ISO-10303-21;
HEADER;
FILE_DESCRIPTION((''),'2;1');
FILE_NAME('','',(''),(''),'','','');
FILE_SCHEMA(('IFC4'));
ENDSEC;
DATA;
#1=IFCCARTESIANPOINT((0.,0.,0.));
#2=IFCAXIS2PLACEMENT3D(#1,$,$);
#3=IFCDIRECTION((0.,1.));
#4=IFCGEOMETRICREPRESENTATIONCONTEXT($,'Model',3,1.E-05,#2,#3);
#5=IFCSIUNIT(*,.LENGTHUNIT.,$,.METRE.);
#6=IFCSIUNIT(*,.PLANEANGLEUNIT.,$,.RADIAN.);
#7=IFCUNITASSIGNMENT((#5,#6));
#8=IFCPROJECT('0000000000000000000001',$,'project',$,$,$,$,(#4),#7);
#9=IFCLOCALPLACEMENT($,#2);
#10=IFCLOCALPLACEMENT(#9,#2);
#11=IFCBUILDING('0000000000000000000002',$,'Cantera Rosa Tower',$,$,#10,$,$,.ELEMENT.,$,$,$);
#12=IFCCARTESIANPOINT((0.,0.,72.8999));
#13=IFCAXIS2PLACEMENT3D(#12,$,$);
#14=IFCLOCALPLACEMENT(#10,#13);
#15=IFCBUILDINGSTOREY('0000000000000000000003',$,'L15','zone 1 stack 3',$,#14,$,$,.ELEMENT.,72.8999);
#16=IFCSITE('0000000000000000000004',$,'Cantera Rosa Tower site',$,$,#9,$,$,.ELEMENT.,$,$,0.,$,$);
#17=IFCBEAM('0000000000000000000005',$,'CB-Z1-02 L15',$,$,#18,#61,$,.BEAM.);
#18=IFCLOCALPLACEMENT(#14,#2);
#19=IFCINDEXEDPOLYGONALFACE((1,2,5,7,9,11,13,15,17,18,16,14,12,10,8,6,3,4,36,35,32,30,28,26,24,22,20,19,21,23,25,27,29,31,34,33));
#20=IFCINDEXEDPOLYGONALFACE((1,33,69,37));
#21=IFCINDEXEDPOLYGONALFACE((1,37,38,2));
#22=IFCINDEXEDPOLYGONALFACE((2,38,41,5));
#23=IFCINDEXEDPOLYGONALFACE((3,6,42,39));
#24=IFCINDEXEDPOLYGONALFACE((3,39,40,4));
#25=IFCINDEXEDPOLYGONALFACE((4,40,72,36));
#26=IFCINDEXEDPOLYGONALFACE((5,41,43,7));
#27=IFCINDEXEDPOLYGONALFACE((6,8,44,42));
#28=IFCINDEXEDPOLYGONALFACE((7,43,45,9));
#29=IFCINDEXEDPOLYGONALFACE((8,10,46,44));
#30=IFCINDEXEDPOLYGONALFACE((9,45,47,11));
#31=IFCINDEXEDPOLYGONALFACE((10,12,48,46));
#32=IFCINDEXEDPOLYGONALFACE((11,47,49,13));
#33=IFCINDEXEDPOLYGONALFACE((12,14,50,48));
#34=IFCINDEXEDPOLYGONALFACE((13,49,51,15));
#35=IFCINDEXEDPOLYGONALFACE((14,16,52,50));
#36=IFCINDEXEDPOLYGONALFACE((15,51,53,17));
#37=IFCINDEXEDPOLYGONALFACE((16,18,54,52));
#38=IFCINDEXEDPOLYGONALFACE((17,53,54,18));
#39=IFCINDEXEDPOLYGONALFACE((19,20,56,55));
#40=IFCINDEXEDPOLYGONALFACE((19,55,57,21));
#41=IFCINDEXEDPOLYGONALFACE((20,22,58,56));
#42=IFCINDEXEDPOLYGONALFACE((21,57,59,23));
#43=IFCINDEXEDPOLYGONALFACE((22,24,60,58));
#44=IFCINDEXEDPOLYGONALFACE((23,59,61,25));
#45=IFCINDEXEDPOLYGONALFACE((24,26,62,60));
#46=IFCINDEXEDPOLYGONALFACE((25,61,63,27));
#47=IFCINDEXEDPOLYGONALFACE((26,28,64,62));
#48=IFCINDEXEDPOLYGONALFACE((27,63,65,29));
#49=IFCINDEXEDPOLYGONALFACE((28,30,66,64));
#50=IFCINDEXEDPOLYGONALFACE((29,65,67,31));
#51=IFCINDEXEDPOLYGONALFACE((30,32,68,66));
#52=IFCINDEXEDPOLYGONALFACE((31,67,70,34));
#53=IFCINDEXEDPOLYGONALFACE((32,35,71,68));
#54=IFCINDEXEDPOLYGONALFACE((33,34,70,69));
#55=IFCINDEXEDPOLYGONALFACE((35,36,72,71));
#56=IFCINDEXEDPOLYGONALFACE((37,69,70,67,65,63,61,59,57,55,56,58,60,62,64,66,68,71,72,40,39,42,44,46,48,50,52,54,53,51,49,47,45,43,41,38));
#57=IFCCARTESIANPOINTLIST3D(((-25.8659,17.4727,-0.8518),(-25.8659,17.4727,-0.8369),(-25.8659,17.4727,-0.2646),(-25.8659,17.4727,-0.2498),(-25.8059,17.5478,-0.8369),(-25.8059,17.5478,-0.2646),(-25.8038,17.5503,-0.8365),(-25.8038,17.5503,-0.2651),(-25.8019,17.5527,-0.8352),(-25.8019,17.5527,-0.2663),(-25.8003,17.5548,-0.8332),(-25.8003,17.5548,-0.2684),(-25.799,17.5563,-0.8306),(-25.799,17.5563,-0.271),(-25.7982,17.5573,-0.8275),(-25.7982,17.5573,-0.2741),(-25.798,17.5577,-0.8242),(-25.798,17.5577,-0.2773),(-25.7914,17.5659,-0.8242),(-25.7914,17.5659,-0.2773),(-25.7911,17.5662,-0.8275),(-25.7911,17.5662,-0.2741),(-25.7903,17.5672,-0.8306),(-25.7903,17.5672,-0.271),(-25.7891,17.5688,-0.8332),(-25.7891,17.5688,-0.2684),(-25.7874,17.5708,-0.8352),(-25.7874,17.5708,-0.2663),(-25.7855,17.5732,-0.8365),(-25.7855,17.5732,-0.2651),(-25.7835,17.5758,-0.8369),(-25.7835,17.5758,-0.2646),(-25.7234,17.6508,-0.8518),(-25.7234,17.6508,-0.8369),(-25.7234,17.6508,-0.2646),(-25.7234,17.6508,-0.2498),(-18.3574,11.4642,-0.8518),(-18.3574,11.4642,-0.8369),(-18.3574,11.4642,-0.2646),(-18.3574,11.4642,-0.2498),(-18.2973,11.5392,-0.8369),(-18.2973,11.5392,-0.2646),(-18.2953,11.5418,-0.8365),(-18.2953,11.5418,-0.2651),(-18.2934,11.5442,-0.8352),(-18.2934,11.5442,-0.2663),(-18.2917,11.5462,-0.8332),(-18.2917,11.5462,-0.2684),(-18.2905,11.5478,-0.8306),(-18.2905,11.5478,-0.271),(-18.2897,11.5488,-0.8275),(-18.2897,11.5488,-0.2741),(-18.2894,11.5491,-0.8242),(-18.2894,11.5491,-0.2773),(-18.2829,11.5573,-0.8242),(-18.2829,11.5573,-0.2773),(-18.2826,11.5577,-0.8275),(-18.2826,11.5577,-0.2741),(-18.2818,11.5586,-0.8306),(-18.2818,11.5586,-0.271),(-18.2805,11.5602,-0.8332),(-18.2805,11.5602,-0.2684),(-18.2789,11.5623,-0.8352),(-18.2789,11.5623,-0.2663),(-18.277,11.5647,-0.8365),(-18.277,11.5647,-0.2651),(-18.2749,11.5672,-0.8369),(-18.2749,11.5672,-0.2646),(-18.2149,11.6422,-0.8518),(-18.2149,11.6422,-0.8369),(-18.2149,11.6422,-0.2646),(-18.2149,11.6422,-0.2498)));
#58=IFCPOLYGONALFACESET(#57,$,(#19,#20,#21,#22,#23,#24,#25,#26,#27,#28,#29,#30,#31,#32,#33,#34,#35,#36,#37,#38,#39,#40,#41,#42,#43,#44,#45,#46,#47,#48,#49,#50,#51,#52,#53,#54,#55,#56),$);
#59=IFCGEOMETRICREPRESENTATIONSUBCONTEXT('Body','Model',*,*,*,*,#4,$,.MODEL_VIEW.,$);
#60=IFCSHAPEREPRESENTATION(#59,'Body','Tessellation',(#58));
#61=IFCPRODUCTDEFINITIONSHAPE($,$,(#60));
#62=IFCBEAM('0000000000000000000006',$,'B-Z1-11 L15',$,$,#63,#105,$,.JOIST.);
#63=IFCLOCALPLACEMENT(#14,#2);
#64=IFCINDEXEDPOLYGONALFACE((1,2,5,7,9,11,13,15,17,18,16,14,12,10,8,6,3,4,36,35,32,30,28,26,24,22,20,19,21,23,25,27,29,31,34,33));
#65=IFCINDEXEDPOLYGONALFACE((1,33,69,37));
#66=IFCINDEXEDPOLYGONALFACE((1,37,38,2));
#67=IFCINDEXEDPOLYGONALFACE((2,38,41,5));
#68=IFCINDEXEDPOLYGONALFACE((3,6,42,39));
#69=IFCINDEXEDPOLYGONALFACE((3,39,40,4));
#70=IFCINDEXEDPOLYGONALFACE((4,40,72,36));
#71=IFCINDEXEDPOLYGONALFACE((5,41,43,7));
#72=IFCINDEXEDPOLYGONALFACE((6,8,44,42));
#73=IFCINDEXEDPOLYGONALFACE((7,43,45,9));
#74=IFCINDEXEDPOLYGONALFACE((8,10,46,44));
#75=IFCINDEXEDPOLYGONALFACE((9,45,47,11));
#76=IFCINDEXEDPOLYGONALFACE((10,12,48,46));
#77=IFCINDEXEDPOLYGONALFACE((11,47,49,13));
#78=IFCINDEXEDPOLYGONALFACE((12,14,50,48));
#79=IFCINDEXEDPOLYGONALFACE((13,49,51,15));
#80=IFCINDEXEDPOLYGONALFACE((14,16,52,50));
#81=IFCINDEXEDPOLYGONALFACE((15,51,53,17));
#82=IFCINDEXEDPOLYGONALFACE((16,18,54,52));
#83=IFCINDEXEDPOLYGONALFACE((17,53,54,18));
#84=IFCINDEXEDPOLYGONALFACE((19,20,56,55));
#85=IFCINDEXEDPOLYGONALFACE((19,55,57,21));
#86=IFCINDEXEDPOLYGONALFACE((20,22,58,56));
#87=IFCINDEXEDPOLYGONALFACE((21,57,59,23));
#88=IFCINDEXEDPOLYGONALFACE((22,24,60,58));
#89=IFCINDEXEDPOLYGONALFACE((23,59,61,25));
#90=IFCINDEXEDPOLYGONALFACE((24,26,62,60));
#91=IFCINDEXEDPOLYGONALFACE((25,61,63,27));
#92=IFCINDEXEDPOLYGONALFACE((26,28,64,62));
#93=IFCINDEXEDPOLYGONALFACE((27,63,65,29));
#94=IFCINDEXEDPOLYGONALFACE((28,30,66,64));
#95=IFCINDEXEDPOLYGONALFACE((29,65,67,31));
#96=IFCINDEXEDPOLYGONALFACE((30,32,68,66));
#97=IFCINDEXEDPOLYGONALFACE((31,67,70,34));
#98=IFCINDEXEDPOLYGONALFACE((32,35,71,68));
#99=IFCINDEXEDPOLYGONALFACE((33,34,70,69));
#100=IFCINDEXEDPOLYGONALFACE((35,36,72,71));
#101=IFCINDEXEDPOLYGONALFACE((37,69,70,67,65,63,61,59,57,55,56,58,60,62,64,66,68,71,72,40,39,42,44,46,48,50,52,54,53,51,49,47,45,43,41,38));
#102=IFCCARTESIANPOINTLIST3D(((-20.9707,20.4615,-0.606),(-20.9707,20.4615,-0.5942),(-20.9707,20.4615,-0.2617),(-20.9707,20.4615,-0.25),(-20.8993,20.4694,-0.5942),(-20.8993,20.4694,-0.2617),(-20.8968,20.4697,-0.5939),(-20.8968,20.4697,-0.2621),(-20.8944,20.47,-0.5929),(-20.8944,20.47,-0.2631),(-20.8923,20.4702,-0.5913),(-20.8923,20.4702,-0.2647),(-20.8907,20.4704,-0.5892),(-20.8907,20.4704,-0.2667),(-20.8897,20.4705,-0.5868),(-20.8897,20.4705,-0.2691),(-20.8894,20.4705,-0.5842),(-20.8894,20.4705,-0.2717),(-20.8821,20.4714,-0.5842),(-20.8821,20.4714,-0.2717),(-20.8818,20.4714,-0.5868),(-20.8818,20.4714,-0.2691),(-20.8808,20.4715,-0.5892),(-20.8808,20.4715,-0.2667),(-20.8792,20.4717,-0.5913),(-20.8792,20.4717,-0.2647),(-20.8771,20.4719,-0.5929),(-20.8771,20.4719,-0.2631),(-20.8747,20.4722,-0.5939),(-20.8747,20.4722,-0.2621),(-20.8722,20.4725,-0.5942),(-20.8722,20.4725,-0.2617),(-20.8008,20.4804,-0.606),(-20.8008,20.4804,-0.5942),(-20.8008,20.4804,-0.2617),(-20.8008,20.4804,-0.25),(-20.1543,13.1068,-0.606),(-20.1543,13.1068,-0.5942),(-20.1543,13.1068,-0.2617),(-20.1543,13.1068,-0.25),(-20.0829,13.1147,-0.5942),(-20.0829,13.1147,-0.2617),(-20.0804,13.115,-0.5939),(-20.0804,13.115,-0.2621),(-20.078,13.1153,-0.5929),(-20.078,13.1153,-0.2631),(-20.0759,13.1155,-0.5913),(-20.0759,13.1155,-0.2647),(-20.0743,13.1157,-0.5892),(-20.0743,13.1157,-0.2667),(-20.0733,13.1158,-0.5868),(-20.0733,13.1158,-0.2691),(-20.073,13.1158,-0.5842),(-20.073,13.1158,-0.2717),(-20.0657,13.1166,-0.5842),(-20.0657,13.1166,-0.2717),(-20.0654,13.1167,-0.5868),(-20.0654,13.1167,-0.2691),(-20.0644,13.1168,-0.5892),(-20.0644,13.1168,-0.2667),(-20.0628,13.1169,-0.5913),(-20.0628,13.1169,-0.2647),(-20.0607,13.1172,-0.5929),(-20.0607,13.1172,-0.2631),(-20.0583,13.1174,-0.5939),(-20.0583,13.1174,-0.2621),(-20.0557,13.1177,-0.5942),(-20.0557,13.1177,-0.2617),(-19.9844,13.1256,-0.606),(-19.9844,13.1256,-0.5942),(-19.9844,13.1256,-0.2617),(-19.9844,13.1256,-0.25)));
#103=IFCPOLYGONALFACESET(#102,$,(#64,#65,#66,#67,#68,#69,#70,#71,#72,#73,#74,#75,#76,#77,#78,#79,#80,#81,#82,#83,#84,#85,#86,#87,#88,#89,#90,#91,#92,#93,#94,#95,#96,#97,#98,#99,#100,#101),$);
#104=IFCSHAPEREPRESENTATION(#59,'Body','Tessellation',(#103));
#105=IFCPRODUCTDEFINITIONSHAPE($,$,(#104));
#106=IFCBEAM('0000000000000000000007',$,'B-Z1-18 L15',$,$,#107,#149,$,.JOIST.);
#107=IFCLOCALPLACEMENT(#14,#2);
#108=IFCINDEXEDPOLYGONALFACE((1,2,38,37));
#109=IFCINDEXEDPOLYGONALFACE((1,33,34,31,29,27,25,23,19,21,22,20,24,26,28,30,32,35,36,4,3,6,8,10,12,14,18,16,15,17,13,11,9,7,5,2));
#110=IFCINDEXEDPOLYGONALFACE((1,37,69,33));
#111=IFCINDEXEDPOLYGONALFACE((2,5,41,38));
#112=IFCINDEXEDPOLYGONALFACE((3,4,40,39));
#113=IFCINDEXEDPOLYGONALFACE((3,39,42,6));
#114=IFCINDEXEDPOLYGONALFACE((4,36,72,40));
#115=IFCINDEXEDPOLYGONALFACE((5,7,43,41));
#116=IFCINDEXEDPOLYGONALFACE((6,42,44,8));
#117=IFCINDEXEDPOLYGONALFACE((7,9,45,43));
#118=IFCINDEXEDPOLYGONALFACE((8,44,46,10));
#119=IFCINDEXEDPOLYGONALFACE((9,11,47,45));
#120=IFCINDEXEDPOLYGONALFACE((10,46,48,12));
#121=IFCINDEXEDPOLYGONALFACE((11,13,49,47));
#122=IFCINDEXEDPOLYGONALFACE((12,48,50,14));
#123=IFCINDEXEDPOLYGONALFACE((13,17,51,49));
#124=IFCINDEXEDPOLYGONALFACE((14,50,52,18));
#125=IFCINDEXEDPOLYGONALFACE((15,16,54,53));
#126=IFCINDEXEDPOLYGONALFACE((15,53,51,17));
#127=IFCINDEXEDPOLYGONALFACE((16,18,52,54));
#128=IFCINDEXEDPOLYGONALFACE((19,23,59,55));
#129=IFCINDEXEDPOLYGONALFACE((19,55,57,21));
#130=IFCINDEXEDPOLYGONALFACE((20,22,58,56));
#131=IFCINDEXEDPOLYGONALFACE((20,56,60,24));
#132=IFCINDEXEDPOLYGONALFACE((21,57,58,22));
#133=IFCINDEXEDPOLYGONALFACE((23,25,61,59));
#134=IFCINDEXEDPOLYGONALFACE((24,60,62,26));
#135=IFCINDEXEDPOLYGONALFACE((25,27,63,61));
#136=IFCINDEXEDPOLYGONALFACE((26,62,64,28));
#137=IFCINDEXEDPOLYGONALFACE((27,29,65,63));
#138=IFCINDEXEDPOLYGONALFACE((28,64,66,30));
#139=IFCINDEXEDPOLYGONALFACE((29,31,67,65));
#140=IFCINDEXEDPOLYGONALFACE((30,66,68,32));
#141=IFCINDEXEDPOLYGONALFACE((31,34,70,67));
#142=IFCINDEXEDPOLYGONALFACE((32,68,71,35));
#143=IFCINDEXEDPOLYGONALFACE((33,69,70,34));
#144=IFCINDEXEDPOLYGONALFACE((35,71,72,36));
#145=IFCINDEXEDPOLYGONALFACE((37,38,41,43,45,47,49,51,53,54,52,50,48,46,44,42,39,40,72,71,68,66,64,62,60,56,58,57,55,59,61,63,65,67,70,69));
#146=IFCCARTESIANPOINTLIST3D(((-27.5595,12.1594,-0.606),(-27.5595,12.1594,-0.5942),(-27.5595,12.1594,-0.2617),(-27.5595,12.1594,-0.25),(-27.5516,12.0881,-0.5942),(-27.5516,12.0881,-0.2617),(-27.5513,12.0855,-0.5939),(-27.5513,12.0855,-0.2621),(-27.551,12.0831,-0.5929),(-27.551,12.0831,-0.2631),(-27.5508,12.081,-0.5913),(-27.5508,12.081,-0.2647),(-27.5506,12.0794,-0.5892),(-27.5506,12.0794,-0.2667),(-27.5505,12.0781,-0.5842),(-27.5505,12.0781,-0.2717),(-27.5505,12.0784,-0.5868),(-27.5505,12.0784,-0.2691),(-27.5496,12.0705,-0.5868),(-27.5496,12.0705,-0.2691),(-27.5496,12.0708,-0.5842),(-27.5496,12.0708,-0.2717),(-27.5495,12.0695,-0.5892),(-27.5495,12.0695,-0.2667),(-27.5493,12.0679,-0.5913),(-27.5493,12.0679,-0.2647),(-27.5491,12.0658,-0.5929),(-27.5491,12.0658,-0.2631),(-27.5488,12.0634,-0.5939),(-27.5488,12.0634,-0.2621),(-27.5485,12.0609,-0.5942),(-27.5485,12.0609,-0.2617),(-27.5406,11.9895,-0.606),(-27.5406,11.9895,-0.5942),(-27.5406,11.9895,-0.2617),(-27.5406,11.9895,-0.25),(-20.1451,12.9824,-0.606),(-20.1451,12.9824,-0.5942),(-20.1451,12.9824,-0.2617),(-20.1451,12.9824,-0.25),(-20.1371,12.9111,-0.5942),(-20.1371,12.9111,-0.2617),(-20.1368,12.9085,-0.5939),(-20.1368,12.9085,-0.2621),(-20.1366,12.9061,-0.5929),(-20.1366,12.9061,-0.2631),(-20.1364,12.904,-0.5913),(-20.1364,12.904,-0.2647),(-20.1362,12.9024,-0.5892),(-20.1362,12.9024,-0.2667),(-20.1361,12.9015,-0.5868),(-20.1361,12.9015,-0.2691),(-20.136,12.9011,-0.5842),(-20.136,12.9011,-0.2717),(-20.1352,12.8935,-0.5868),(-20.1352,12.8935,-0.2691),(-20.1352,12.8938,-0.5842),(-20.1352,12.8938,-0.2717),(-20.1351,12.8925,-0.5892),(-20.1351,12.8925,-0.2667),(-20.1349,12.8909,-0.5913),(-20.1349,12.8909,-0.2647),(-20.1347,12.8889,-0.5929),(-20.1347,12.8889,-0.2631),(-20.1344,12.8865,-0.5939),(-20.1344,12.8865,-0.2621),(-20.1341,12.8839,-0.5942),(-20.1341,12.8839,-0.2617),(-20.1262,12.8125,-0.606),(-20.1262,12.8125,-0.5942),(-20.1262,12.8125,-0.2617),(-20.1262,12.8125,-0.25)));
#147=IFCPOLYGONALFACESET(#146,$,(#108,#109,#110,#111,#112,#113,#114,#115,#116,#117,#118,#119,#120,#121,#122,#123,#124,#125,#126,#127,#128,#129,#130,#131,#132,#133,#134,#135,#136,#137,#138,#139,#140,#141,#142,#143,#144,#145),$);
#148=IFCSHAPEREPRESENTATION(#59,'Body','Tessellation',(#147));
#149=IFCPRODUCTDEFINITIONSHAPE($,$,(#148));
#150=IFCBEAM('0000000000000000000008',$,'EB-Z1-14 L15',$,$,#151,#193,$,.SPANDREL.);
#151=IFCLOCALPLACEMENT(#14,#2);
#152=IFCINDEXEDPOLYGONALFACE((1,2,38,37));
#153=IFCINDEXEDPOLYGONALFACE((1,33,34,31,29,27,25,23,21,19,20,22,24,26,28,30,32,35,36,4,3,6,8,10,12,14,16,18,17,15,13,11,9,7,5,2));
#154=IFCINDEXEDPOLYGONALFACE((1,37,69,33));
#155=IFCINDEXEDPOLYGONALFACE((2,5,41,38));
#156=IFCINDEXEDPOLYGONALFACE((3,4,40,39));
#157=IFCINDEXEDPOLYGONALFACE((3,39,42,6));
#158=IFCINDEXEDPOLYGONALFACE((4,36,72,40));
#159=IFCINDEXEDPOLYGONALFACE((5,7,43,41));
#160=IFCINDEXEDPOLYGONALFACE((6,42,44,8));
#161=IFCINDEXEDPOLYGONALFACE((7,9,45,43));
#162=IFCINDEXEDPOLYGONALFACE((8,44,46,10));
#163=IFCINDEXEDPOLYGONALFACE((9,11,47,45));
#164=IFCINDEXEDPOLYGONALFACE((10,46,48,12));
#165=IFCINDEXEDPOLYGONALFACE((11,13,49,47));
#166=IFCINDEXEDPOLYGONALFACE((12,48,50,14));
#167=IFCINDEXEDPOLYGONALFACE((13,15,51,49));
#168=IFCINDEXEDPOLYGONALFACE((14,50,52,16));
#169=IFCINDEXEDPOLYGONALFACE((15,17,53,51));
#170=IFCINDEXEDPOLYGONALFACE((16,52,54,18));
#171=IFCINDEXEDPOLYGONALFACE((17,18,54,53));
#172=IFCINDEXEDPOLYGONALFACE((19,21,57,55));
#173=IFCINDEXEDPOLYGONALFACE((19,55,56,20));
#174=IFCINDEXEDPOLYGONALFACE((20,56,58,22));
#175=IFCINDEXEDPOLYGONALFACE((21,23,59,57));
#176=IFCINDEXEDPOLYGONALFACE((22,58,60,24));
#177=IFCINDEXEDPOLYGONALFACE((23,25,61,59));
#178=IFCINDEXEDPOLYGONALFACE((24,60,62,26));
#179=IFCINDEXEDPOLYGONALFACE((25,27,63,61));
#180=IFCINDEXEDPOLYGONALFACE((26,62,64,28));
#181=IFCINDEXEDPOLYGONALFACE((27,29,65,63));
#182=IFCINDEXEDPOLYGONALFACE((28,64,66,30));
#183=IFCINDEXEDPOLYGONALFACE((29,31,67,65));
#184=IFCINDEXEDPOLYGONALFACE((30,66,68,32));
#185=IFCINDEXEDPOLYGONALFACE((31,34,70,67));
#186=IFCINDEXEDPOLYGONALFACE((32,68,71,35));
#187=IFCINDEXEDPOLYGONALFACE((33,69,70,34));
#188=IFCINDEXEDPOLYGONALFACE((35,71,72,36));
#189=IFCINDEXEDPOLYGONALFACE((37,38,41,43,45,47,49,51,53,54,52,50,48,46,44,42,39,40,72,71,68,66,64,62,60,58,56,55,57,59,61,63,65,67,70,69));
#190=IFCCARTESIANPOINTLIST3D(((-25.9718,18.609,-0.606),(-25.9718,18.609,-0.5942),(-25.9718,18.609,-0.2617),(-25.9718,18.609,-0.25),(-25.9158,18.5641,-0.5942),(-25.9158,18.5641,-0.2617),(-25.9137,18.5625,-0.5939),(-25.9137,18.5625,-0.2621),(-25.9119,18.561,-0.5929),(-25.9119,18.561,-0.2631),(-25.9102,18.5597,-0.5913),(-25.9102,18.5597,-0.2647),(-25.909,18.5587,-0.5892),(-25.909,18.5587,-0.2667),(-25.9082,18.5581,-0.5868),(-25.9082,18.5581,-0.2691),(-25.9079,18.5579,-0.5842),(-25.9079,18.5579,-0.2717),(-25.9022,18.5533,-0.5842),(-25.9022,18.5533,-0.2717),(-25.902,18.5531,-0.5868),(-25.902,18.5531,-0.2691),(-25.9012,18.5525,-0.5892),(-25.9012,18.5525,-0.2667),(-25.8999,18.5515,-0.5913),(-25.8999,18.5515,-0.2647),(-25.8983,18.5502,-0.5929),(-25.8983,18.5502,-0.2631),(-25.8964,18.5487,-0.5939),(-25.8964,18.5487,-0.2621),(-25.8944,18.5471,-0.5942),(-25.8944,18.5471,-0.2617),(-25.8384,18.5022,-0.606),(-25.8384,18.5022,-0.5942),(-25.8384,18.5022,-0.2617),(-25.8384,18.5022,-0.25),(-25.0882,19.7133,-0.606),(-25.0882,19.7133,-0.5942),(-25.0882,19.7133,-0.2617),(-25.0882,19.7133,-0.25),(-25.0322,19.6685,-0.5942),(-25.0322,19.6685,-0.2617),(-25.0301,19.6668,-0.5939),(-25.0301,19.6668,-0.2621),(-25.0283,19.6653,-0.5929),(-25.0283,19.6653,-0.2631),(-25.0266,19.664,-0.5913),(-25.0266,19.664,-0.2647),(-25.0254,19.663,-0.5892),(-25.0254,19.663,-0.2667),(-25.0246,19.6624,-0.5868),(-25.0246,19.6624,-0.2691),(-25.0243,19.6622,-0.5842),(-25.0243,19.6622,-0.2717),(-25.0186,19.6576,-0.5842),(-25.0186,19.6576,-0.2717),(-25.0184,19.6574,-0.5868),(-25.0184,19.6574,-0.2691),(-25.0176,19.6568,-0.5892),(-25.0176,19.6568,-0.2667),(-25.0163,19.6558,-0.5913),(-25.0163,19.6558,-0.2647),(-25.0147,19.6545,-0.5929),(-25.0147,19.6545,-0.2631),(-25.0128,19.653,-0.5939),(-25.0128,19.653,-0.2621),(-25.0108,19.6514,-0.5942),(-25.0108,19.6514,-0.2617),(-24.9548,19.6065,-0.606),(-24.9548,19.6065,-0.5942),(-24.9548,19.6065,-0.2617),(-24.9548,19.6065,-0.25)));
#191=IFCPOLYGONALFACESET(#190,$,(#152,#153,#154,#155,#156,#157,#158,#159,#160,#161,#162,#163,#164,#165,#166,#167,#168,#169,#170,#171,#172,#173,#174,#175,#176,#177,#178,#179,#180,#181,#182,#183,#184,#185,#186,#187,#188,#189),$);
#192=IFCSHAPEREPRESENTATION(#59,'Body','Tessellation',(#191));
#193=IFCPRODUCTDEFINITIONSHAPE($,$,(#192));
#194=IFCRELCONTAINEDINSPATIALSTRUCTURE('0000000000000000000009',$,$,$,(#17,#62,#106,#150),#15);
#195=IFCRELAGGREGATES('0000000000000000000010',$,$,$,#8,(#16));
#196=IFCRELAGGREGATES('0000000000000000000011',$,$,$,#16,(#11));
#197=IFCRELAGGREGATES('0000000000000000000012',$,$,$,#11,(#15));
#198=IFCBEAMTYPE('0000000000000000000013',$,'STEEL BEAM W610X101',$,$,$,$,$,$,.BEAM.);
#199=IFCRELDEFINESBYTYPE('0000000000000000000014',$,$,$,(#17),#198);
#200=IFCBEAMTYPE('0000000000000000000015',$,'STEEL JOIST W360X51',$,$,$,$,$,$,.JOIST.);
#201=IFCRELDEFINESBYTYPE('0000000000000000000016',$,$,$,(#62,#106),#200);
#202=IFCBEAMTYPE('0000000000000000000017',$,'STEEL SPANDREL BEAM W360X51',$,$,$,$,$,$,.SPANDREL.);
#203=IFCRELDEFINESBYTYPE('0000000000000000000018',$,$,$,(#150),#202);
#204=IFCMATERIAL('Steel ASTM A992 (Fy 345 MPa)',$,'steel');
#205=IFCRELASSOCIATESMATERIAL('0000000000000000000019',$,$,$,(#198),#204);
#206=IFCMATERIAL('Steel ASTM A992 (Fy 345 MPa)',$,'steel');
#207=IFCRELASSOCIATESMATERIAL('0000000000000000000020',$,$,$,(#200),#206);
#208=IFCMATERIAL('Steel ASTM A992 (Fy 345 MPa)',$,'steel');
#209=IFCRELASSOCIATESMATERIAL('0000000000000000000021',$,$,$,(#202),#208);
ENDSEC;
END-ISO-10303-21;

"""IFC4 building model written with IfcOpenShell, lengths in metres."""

from ifc_helpers import new_model, si_unit, direction, frame, origin, origin_2d, place, context, subcontext, project, spatial, i_section, extrude, material, material_profile, profile_set, type_object, element, save


model = new_model("IFC4")

# Units and contexts
model_context = context("Model", 3, precision=1e-05, world=origin(), true_north=direction((0.0, 1.0)))
body_context = subcontext(model_context, "Body", "Model", "MODEL_VIEW")
ifc_project = project(units=[si_unit("LENGTHUNIT", "METRE"), si_unit("PLANEANGLEUNIT", "RADIAN")], contexts=[model_context])

# Site, building, storey
site_placement = place(None, origin())
site = spatial("IfcSite", under=ifc_project, at=site_placement, Name="Cantera Rosa Tower site", CompositionType="ELEMENT", RefElevation=0.0)
building_placement = place(site_placement, origin())
building = spatial("IfcBuilding", under=site, at=building_placement, Name="Cantera Rosa Tower", CompositionType="ELEMENT")
storey_placement = place(building_placement, frame((0.0, 0.0, 72.8999)))
storey = spatial("IfcBuildingStorey", under=building, at=storey_placement, Name="L15", Description="zone 1 stack 3", CompositionType="ELEMENT", Elevation=72.8999)

# Beams
ifc_material_1 = material(Name="Steel ASTM A992 (Fy 345 MPa)", Category="steel")
ifc_material_profile_1 = material_profile(ifc_material_1, i_section(OverallWidth=0.228, OverallDepth=0.6021, WebThickness=0.0105, FlangeThickness=0.0149, FilletRadius=0.0127, at=origin_2d()), Name="W610X101")
ifc_profile_set_1 = profile_set([ifc_material_profile_1], Name="Steel ASTM A992 (Fy 345 MPa)")
beam_type_1 = type_object("IfcBeamType", Name="STEEL BEAM W610X101", PredefinedType="BEAM", material=ifc_profile_set_1)
beam_1_placement = place(storey_placement, frame((-25.7947, 17.5618, -0.5508), z_axis=(0.780782, -0.624803, 0.0), x_axis=(0.624803, 0.780782, 0.0)))
element("IfcBeam", 1, at=beam_1_placement, inside=storey, type_object=beam_type_1, Name="CB-Z1-02 L15", PredefinedType="BEAM", context=body_context, shape_type="SweptSolid", body=[
    extrude(i_section(OverallWidth=0.228, OverallDepth=0.6021, WebThickness=0.0105, FlangeThickness=0.0149, FilletRadius=0.0127, at=origin_2d()), origin(), (0.0, 0.0, 1.0), 9.6167),
])
ifc_material_2 = material(Name="Steel ASTM A992 (Fy 345 MPa)", Category="steel")
ifc_material_profile_2 = material_profile(ifc_material_2, i_section(OverallWidth=0.1709, OverallDepth=0.356, WebThickness=0.0073, FlangeThickness=0.0117, FilletRadius=0.01, at=origin_2d()), Name="W360X51")
ifc_profile_set_2 = profile_set([ifc_material_profile_2], Name="Steel ASTM A992 (Fy 345 MPa)")
beam_type_2 = type_object("IfcBeamType", Name="STEEL JOIST W360X51", PredefinedType="JOIST", material=ifc_profile_set_2)
beam_2_placement = place(storey_placement, frame((-20.8857, 20.4709, -0.428), z_axis=(0.110327, -0.993895, 0.0), x_axis=(0.993895, 0.110327, 0.0)))
element("IfcBeam", 2, at=beam_2_placement, inside=storey, type_object=beam_type_2, Name="B-Z1-11 L15", PredefinedType="JOIST", context=body_context, shape_type="SweptSolid", body=[
    extrude(i_section(OverallWidth=0.1709, OverallDepth=0.356, WebThickness=0.0073, FlangeThickness=0.0117, FilletRadius=0.01, at=origin_2d()), origin(), (0.0, 0.0, 1.0), 7.3999),
])
beam_3_placement = place(storey_placement, frame((-27.55, 12.0745, -0.428), z_axis=(0.993896, 0.110324, 0.0), x_axis=(-0.110324, 0.993896, 0.0)))
element("IfcBeam", 3, at=beam_3_placement, inside=storey, type_object=beam_type_2, Name="B-Z1-18 L15", PredefinedType="JOIST", context=body_context, shape_type="SweptSolid", body=[
    extrude(i_section(OverallWidth=0.1709, OverallDepth=0.356, WebThickness=0.0073, FlangeThickness=0.0117, FilletRadius=0.01, at=origin_2d()), origin(), (0.0, 0.0, 1.0), 7.46),
])
ifc_material_3 = material(Name="Steel ASTM A992 (Fy 345 MPa)", Category="steel")
ifc_material_profile_3 = material_profile(ifc_material_3, i_section(OverallWidth=0.1709, OverallDepth=0.356, WebThickness=0.0073, FlangeThickness=0.0117, FilletRadius=0.01, at=origin_2d()), Name="W360X51")
ifc_profile_set_3 = profile_set([ifc_material_profile_3], Name="Steel ASTM A992 (Fy 345 MPa)")
beam_type_3 = type_object("IfcBeamType", Name="STEEL SPANDREL BEAM W360X51", PredefinedType="SPANDREL", material=ifc_profile_set_3)
for number, where, z_axis, x_axis, name in (
    (4, (-25.0215, 19.6599, -0.428), (-0.624758, -0.780818, 0.0), (0.780818, -0.624758, 0.0), "EB-Z1-14 L15"),
):
    element("IfcBeam", number, at=place(storey_placement, frame(where, z_axis=z_axis, x_axis=x_axis)), inside=storey, type_object=beam_type_3, Name=name, PredefinedType="SPANDREL", context=body_context, shape_type="SweptSolid", body=[
        extrude(i_section(OverallWidth=0.1709, OverallDepth=0.356, WebThickness=0.0073, FlangeThickness=0.0117, FilletRadius=0.01, at=origin_2d()), origin(), (0.0, 0.0, 1.0), 1.4143),
    ])

save(model, "model.ifc")
